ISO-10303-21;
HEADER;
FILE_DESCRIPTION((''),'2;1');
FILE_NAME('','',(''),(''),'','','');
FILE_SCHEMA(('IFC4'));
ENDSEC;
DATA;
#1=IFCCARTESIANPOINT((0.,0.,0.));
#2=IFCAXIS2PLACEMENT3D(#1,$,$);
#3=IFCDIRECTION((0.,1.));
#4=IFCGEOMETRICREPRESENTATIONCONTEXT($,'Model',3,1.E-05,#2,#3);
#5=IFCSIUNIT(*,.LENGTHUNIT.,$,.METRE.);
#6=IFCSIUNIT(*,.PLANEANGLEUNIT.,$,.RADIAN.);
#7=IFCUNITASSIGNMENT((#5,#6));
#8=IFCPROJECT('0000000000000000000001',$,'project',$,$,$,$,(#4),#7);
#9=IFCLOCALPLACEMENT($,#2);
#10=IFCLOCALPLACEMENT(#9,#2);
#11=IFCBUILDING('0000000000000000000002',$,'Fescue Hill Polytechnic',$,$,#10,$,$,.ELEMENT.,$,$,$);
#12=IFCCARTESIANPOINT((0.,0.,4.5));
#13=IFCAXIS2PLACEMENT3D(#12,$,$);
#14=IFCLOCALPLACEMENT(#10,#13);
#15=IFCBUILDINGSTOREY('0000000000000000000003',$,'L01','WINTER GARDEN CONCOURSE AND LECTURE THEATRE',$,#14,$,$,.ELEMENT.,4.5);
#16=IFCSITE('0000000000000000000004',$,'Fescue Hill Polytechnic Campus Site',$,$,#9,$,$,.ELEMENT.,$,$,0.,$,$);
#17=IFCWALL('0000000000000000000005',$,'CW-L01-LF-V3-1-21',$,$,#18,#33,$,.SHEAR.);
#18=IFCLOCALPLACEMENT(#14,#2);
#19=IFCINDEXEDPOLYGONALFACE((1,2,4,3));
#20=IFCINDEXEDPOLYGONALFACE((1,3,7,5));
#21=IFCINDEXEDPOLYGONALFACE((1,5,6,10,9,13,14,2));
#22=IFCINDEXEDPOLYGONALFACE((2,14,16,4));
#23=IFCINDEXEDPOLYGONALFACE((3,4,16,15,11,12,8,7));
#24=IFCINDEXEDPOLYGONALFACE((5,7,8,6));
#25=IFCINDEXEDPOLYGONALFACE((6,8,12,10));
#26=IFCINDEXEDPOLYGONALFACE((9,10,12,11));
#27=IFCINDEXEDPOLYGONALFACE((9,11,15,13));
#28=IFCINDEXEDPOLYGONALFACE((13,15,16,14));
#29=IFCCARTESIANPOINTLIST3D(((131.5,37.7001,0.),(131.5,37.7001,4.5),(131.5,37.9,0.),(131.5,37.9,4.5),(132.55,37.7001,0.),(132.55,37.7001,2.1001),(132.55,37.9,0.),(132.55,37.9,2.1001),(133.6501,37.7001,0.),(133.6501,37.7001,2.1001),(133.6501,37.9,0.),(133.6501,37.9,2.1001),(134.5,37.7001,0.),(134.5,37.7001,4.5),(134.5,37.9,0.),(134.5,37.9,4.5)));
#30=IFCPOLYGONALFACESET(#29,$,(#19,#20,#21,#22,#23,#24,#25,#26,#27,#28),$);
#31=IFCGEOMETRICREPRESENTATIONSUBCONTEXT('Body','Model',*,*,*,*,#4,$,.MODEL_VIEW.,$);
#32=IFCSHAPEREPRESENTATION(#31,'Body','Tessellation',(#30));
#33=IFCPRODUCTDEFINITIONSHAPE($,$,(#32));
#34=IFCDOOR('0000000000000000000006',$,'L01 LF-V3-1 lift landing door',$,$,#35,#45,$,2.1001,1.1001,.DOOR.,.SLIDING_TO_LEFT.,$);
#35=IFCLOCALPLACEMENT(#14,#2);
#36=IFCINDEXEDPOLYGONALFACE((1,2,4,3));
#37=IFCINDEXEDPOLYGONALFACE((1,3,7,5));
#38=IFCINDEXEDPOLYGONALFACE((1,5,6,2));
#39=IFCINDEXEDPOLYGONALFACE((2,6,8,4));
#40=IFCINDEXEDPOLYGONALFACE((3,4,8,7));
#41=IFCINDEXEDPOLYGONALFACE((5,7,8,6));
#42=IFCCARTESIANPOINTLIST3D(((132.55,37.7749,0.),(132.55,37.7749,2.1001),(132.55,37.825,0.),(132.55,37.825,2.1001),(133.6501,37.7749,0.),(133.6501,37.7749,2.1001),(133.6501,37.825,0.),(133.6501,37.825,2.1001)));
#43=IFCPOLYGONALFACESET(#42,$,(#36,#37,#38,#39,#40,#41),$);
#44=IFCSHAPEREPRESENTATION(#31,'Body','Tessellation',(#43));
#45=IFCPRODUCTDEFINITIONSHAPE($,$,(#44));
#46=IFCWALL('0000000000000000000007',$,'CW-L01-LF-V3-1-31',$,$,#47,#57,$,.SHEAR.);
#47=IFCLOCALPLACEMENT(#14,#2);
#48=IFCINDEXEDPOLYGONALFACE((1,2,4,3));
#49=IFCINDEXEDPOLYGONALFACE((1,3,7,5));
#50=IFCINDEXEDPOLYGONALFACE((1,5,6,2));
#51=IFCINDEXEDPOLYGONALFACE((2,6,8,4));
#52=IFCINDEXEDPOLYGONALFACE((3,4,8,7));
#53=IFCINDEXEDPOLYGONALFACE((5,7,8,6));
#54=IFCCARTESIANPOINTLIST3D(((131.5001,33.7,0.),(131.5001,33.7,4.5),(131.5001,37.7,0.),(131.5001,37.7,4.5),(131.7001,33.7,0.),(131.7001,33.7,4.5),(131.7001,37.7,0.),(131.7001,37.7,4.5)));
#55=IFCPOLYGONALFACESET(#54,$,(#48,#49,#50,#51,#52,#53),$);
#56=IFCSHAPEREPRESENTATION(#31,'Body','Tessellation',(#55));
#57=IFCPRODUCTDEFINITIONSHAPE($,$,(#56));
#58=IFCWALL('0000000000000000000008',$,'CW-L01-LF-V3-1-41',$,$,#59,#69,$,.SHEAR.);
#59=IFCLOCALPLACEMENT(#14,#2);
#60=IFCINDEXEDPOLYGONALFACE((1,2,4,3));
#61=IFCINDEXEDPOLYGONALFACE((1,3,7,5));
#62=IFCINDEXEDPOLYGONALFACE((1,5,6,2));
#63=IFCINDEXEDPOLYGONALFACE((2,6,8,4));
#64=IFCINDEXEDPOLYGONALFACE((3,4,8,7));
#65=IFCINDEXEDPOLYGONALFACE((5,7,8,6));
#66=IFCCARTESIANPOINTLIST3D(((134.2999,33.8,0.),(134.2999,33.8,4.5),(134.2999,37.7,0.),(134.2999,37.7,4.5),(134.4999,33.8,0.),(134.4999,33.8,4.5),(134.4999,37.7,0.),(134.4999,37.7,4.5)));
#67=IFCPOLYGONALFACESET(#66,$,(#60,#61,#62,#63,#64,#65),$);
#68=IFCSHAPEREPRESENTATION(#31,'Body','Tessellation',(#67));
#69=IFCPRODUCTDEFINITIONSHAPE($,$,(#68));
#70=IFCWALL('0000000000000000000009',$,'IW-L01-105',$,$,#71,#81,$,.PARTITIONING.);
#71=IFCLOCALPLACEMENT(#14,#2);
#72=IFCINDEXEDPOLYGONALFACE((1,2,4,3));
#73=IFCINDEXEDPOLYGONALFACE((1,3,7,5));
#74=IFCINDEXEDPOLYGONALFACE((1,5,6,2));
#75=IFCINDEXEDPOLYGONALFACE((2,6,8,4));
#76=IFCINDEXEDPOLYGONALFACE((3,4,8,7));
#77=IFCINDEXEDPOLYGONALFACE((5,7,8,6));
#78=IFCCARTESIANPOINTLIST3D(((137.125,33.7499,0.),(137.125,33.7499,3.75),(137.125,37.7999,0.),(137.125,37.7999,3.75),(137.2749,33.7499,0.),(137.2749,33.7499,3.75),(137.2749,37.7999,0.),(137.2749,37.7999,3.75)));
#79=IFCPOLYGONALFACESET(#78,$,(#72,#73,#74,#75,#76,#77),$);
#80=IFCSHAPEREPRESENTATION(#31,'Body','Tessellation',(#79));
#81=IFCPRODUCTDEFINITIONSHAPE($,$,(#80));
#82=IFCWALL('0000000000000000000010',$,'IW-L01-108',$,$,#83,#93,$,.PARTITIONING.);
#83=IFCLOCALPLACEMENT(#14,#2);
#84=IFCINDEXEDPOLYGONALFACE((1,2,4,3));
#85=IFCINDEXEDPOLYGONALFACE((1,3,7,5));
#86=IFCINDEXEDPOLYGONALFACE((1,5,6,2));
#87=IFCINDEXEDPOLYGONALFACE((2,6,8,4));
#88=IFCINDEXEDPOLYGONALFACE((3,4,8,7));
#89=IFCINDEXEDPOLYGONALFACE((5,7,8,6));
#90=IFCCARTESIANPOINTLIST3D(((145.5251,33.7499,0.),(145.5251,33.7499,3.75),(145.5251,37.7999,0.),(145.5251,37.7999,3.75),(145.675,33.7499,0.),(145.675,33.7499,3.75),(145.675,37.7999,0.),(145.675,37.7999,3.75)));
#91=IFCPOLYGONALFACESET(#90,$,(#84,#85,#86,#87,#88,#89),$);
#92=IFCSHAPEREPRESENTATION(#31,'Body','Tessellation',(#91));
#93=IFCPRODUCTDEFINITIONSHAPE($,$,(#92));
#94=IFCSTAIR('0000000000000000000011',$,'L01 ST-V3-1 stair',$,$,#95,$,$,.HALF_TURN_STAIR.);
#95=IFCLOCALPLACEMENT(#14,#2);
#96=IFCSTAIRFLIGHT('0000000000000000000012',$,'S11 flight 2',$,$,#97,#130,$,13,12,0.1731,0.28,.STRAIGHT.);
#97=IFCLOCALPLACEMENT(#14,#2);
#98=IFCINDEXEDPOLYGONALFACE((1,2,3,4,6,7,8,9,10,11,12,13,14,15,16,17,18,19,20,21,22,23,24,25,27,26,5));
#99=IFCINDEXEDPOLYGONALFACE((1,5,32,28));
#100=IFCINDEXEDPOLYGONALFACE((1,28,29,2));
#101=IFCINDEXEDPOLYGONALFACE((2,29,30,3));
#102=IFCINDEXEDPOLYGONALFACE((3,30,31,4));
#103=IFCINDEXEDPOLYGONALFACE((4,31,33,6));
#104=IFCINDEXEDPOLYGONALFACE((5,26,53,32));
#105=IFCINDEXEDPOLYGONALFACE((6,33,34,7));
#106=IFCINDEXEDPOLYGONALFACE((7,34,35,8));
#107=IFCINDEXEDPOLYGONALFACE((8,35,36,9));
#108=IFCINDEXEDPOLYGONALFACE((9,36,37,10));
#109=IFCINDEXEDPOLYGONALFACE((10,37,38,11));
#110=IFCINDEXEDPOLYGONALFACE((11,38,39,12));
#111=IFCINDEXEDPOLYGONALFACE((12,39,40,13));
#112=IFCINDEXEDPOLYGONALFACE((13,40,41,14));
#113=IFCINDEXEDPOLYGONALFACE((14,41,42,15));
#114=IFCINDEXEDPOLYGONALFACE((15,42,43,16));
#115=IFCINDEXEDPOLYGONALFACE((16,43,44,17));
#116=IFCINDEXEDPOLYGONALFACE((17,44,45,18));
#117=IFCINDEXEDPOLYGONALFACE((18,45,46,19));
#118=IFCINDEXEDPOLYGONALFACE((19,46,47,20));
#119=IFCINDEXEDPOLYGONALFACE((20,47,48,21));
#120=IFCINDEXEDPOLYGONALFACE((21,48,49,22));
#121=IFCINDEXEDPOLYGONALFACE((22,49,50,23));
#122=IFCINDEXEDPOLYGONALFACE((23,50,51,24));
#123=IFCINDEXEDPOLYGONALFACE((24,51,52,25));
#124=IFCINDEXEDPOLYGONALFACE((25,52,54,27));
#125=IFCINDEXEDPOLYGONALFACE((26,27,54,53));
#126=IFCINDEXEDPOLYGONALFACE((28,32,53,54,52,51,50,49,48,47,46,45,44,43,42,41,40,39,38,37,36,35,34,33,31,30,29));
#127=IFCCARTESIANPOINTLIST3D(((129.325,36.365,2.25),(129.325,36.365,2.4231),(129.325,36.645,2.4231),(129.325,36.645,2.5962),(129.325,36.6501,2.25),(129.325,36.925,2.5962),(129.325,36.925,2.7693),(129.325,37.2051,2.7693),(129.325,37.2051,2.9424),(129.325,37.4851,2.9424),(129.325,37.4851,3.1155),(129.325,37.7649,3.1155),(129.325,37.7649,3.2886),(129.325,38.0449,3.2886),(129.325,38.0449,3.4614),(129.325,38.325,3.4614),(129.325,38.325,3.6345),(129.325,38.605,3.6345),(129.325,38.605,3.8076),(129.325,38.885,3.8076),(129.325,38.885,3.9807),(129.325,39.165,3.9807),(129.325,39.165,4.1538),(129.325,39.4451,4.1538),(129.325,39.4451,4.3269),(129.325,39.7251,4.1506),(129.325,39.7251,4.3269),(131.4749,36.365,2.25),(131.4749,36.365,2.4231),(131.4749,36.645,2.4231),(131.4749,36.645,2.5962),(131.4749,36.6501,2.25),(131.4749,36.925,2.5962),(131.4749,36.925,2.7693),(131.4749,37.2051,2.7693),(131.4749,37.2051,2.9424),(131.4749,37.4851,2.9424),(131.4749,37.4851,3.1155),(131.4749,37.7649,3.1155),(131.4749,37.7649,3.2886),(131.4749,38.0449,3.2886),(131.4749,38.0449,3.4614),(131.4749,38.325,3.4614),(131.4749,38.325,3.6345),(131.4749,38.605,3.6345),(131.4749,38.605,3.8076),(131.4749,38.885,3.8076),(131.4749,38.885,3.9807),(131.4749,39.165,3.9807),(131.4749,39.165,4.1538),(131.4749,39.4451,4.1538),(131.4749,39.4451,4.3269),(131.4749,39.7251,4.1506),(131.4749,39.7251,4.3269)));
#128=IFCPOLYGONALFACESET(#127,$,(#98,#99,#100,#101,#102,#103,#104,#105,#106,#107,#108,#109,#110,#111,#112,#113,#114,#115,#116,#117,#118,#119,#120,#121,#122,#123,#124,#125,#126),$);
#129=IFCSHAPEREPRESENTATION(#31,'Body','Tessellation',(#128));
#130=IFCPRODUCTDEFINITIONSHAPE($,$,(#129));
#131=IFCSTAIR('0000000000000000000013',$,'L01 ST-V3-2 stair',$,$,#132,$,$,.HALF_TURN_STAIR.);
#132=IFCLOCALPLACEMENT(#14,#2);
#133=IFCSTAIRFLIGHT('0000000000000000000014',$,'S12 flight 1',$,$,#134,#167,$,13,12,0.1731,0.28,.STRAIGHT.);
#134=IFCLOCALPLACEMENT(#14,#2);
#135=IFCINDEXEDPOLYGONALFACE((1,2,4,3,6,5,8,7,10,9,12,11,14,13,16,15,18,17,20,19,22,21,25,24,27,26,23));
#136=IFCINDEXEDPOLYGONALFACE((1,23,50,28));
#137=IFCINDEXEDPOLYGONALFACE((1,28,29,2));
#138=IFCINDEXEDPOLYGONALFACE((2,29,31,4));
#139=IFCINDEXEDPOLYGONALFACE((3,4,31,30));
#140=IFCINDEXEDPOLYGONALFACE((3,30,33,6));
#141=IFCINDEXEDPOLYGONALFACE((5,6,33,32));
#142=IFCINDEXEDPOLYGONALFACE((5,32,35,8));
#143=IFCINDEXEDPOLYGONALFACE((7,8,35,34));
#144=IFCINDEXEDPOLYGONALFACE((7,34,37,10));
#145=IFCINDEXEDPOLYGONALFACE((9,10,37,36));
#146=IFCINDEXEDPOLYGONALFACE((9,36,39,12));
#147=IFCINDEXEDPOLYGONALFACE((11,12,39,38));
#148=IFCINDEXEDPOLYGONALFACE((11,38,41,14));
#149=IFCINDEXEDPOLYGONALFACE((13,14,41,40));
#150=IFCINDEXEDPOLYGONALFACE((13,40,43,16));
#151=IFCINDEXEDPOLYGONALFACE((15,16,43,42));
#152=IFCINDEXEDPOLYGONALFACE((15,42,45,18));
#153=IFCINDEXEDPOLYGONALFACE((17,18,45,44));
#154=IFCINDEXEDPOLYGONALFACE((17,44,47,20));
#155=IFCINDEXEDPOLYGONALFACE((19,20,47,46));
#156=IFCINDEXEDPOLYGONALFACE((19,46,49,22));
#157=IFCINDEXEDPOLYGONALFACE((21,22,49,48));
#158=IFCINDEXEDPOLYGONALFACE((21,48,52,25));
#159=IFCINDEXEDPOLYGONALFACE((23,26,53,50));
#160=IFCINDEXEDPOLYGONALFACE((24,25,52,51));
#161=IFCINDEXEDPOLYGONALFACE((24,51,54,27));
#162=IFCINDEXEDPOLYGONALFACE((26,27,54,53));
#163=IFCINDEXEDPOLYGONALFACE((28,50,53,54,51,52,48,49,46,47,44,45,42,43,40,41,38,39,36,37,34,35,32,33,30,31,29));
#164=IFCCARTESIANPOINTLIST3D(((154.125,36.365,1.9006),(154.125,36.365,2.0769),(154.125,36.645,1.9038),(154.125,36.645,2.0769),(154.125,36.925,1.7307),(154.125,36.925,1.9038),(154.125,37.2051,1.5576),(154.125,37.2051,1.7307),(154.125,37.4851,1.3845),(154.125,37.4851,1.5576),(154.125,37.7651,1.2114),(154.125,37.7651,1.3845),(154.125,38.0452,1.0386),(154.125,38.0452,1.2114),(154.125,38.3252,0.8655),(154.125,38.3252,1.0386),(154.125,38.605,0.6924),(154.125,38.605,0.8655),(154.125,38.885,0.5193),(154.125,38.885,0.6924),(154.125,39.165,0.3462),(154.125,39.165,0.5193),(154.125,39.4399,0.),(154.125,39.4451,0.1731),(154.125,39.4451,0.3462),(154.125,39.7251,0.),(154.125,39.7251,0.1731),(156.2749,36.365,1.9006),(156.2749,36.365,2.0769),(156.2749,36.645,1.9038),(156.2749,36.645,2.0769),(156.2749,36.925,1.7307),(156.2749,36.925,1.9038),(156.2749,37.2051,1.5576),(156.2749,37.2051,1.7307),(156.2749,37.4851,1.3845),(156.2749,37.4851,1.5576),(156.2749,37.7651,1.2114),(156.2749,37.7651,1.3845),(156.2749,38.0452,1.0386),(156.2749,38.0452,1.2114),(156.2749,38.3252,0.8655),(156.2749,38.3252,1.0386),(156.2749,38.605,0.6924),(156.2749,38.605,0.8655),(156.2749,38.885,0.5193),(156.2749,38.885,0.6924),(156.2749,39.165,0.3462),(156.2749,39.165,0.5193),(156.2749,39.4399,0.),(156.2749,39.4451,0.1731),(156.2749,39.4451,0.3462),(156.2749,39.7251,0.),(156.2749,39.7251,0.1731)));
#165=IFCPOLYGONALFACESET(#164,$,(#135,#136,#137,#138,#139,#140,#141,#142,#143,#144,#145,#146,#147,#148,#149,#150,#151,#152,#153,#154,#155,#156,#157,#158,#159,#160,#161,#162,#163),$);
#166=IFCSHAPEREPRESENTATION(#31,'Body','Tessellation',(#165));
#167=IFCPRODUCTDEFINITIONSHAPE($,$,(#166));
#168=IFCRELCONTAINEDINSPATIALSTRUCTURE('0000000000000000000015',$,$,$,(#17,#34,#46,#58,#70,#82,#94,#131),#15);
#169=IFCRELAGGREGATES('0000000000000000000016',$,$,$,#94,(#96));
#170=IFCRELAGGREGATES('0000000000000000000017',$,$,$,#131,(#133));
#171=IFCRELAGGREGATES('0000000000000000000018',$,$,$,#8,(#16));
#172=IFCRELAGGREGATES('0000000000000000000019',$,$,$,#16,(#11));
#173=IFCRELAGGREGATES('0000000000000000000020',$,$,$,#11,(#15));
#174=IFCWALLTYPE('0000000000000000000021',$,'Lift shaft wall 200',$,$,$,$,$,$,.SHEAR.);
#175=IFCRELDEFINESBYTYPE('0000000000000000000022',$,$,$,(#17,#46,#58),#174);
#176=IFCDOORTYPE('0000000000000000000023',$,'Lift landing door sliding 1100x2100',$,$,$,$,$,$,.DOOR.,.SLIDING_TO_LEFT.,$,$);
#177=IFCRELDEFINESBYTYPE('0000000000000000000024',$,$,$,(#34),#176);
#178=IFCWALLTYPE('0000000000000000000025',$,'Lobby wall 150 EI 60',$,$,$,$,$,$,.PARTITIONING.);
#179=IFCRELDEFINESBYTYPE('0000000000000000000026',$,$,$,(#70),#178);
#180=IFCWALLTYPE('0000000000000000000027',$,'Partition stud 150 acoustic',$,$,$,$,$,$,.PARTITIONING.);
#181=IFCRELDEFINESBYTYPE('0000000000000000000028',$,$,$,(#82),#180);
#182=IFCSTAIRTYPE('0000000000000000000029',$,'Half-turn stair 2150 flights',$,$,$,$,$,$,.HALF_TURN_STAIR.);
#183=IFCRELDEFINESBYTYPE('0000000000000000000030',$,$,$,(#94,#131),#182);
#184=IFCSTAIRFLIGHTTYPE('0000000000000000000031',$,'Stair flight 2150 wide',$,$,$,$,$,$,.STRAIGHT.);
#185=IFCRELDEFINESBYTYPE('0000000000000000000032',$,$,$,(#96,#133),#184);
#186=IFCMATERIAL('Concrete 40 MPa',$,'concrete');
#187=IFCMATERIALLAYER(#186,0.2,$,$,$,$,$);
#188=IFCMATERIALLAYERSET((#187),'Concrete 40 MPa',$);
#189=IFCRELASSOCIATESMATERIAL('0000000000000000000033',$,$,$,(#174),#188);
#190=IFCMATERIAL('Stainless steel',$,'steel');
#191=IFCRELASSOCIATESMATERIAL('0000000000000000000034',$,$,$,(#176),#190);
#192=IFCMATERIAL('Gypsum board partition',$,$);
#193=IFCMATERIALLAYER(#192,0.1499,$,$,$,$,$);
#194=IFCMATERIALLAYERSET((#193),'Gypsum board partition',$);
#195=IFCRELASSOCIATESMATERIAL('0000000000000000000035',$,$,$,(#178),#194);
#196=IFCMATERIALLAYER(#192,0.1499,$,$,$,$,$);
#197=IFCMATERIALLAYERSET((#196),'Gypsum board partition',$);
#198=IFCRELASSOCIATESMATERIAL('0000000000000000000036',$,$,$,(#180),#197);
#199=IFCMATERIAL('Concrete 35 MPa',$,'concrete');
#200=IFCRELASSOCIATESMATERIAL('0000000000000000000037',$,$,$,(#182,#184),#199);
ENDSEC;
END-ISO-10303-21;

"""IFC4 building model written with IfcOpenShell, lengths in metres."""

from ifc_helpers import new_model, si_unit, direction, frame, frame_2d, origin, place, context, subcontext, project, spatial, polyline, rectangle, outline, extrude, material, layer, layer_set, type_object, element, fill, aggregate, save


model = new_model("IFC4")

# Units and contexts
model_context = context("Model", 3, precision=1e-05, world=origin(), true_north=direction((0.0, 1.0)))
body_context = subcontext(model_context, "Body", "Model", "MODEL_VIEW")
ifc_project = project(units=[si_unit("LENGTHUNIT", "METRE"), si_unit("PLANEANGLEUNIT", "RADIAN")], contexts=[model_context])

# Site, building, storey
site_placement = place(None, origin())
site = spatial("IfcSite", under=ifc_project, at=site_placement, Name="Fescue Hill Polytechnic Campus Site", CompositionType="ELEMENT", RefElevation=0.0)
building_placement = place(site_placement, origin())
building = spatial("IfcBuilding", under=site, at=building_placement, Name="Fescue Hill Polytechnic", CompositionType="ELEMENT")
storey_placement = place(building_placement, frame((0.0, 0.0, 4.5)))
storey = spatial("IfcBuildingStorey", under=building, at=storey_placement, Name="L01", Description="WINTER GARDEN CONCOURSE AND LECTURE THEATRE", CompositionType="ELEMENT", Elevation=4.5)

# Shared definitions
ifc_material_1 = material(Name="Concrete 40 MPa", Category="concrete")

# Shared definitions
ifc_material_2 = material(Name="Concrete 35 MPa", Category="concrete")

# Shared definitions
ifc_material_3 = material(Name="Gypsum board partition")

# Wall, opening, door
ifc_layer_1 = layer(ifc_material_1, 0.2)
ifc_layer_set_1 = layer_set([ifc_layer_1], Name="Concrete 40 MPa")
wall_type_1 = type_object("IfcWallType", Name="Lift shaft wall 200", PredefinedType="SHEAR", material=ifc_layer_set_1)
wall_1_placement = place(storey_placement, frame((131.5, 37.8, 0.0), z_axis=(0.0, 0.0, 1.0), x_axis=(1.0, 0.0, 0.0)))
wall_1 = element("IfcWall", 1, at=wall_1_placement, inside=storey, type_object=wall_type_1, Name="CW-L01-LF-V3-1-21", PredefinedType="SHEAR", context=body_context, shape_type="SweptSolid", body=[
    extrude(rectangle(XDim=3.0, YDim=0.2, at=frame_2d((1.5, 0.0))), origin(), (0.0, 0.0, 1.0), 4.5),
])
opening_1_placement = place(wall_1_placement, frame((1.05, 0.0, 0.0)))
opening_1 = element("IfcOpeningElement", 2, at=opening_1_placement, cuts=wall_1, PredefinedType="OPENING", context=body_context, shape_type="SweptSolid", body=[
    extrude(rectangle(XDim=1.1001, YDim=2.1001, at=frame_2d((0.55, 1.05))), frame((0.0, 0.1099, 0.0), z_axis=(0.0, -1.0, 0.0), x_axis=(1.0, 0.0, 0.0)), (0.0, 0.0, 1.0), 0.22),
])
ifc_material_4 = material(Name="Stainless steel", Category="steel")
door_type_1 = type_object("IfcDoorType", Name="Lift landing door sliding 1100x2100", OperationType="SLIDING_TO_LEFT", PredefinedType="DOOR", material=ifc_material_4)
door_1_placement = place(opening_1_placement, origin())
door_1 = element("IfcDoor", 3, at=door_1_placement, inside=storey, type_object=door_type_1, Name="L01 LF-V3-1 lift landing door", OperationType="SLIDING_TO_LEFT", OverallHeight=2.1001, OverallWidth=1.1001, PredefinedType="DOOR", context=body_context, shape_type="SweptSolid", body=[
    extrude(rectangle(XDim=1.1001, YDim=2.1001, at=frame_2d((0.55, 1.05))), frame((0.0, 0.0249, 0.0), z_axis=(0.0, -1.0, 0.0), x_axis=(1.0, 0.0, 0.0)), (0.0, 0.0, 1.0), 0.05),
])
fill(opening_1, door_1)

# Walls
wall_2_placement = place(storey_placement, frame((131.6001, 33.7, 0.0), z_axis=(0.0, 0.0, 1.0), x_axis=(0.0, 1.0, 0.0)))
element("IfcWall", 4, at=wall_2_placement, inside=storey, type_object=wall_type_1, Name="CW-L01-LF-V3-1-31", PredefinedType="SHEAR", context=body_context, shape_type="SweptSolid", body=[
    extrude(rectangle(XDim=4.0, YDim=0.2, at=frame_2d((2.0, 0.0))), origin(), (0.0, 0.0, 1.0), 4.5),
])
wall_3_placement = place(storey_placement, frame((134.3999, 33.8, 0.0), z_axis=(0.0, 0.0, 1.0), x_axis=(0.0, 1.0, 0.0)))
element("IfcWall", 5, at=wall_3_placement, inside=storey, type_object=wall_type_1, Name="CW-L01-LF-V3-1-41", PredefinedType="SHEAR", context=body_context, shape_type="SweptSolid", body=[
    extrude(rectangle(XDim=3.8999, YDim=0.2, at=frame_2d((1.95, 0.0))), origin(), (0.0, 0.0, 1.0), 4.5),
])
ifc_layer_2 = layer(ifc_material_3, 0.1499)
ifc_layer_set_2 = layer_set([ifc_layer_2], Name="Gypsum board partition")
wall_type_2 = type_object("IfcWallType", Name="Lobby wall 150 EI 60", PredefinedType="PARTITIONING", material=ifc_layer_set_2)
wall_4_placement = place(storey_placement, frame((137.2, 33.75, 0.0), z_axis=(0.0, 0.0, 1.0), x_axis=(0.0, 1.0, 0.0)))
element("IfcWall", 6, at=wall_4_placement, inside=storey, type_object=wall_type_2, Name="IW-L01-105", PredefinedType="PARTITIONING", context=body_context, shape_type="SweptSolid", body=[
    extrude(rectangle(XDim=4.05, YDim=0.1499, at=frame_2d((2.0249, 0.0))), origin(), (0.0, 0.0, 1.0), 3.75),
])
ifc_layer_3 = layer(ifc_material_3, 0.1499)
ifc_layer_set_3 = layer_set([ifc_layer_3], Name="Gypsum board partition")
wall_type_3 = type_object("IfcWallType", Name="Partition stud 150 acoustic", PredefinedType="PARTITIONING", material=ifc_layer_set_3)
wall_5_placement = place(storey_placement, frame((145.6001, 33.75, 0.0), z_axis=(0.0, 0.0, 1.0), x_axis=(0.0, 1.0, 0.0)))
element("IfcWall", 7, at=wall_5_placement, inside=storey, type_object=wall_type_3, Name="IW-L01-108", PredefinedType="PARTITIONING", context=body_context, shape_type="SweptSolid", body=[
    extrude(rectangle(XDim=4.05, YDim=0.1499, at=frame_2d((2.0249, 0.0))), origin(), (0.0, 0.0, 1.0), 3.75),
])

# Stairs, stair flights
stair_type = type_object("IfcStairType", Name="Half-turn stair 2150 flights", PredefinedType="HALF_TURN_STAIR", material=ifc_material_2)
stair_1_placement = place(storey_placement, origin())
stair_1 = element("IfcStair", 8, at=stair_1_placement, inside=storey, type_object=stair_type, Name="L01 ST-V3-1 stair", PredefinedType="HALF_TURN_STAIR")
stair_flight_type = type_object("IfcStairFlightType", Name="Stair flight 2150 wide", PredefinedType="STRAIGHT", material=ifc_material_2)
stair_flight_1_placement = place(storey_placement, frame((130.3999, 36.365, 2.25), z_axis=(0.0, 0.0, 1.0), x_axis=(0.0, 1.0, 0.0)))
stair_flight_1 = element("IfcStairFlight", 9, at=stair_flight_1_placement, type_object=stair_flight_type, Name="S11 flight 2", NumberOfRisers=13, NumberOfTreads=12, PredefinedType="STRAIGHT", RiserHeight=0.1731, TreadLength=0.28, context=body_context, shape_type="SweptSolid", body=[
    extrude(outline(polyline([(0.0, 0.0), (0.0, 0.1731), (0.28, 0.1731), (0.28, 0.3462), (0.5601, 0.3462), (0.5601, 0.5193), (0.8401, 0.5193), (0.8401, 0.6924), (1.1201, 0.6924), (1.1201, 0.8655), (1.3999, 0.8655), (1.3999, 1.0386), (1.6799, 1.0386), (1.6799, 1.2114), (1.96, 1.2114), (1.96, 1.3845), (2.24, 1.3845), (2.24, 1.5576), (2.52, 1.5576), (2.52, 1.7307), (2.8, 1.7307), (2.8, 1.9038), (3.0801, 1.9038), (3.0801, 2.0769), (3.3601, 2.0769), (3.3601, 2.25), (3.3601, 1.9006), (0.2852, 0.0), (0.0, 0.0)])), frame((0.0, 1.075, 0.0), z_axis=(0.0, -1.0, 0.0), x_axis=(1.0, 0.0, 0.0)), (0.0, 0.0, 1.0), 2.1499),
])
aggregate(stair_1, [stair_flight_1])
stair_2_placement = place(storey_placement, origin())
stair_2 = element("IfcStair", 10, at=stair_2_placement, inside=storey, type_object=stair_type, Name="L01 ST-V3-2 stair", PredefinedType="HALF_TURN_STAIR")
stair_flight_2_placement = place(storey_placement, frame((155.2, 39.7251, 0.0), z_axis=(0.0, 0.0, 1.0), x_axis=(0.0, -1.0, 0.0)))
stair_flight_2 = element("IfcStairFlight", 11, at=stair_flight_2_placement, type_object=stair_flight_type, Name="S12 flight 1", NumberOfRisers=13, NumberOfTreads=12, PredefinedType="STRAIGHT", RiserHeight=0.1731, TreadLength=0.28, context=body_context, shape_type="SweptSolid", body=[
    extrude(outline(polyline([(0.0, 0.0), (0.0, 0.1731), (0.28, 0.1731), (0.28, 0.3462), (0.5601, 0.3462), (0.5601, 0.5193), (0.8401, 0.5193), (0.8401, 0.6924), (1.1201, 0.6924), (1.1201, 0.8655), (1.3999, 0.8655), (1.3999, 1.0386), (1.6799, 1.0386), (1.6799, 1.2114), (1.96, 1.2114), (1.96, 1.3845), (2.24, 1.3845), (2.24, 1.5576), (2.52, 1.5576), (2.52, 1.7307), (2.8, 1.7307), (2.8, 1.9038), (3.0801, 1.9038), (3.0801, 2.0769), (3.3601, 2.0769), (3.3601, 2.25), (3.3601, 1.9006), (0.2852, 0.0), (0.0, 0.0)])), frame((0.0, 1.075, 0.0), z_axis=(0.0, -1.0, 0.0), x_axis=(1.0, 0.0, 0.0)), (0.0, 0.0, 1.0), 2.1499),
])
aggregate(stair_2, [stair_flight_2])

save(model, "model.ifc")
